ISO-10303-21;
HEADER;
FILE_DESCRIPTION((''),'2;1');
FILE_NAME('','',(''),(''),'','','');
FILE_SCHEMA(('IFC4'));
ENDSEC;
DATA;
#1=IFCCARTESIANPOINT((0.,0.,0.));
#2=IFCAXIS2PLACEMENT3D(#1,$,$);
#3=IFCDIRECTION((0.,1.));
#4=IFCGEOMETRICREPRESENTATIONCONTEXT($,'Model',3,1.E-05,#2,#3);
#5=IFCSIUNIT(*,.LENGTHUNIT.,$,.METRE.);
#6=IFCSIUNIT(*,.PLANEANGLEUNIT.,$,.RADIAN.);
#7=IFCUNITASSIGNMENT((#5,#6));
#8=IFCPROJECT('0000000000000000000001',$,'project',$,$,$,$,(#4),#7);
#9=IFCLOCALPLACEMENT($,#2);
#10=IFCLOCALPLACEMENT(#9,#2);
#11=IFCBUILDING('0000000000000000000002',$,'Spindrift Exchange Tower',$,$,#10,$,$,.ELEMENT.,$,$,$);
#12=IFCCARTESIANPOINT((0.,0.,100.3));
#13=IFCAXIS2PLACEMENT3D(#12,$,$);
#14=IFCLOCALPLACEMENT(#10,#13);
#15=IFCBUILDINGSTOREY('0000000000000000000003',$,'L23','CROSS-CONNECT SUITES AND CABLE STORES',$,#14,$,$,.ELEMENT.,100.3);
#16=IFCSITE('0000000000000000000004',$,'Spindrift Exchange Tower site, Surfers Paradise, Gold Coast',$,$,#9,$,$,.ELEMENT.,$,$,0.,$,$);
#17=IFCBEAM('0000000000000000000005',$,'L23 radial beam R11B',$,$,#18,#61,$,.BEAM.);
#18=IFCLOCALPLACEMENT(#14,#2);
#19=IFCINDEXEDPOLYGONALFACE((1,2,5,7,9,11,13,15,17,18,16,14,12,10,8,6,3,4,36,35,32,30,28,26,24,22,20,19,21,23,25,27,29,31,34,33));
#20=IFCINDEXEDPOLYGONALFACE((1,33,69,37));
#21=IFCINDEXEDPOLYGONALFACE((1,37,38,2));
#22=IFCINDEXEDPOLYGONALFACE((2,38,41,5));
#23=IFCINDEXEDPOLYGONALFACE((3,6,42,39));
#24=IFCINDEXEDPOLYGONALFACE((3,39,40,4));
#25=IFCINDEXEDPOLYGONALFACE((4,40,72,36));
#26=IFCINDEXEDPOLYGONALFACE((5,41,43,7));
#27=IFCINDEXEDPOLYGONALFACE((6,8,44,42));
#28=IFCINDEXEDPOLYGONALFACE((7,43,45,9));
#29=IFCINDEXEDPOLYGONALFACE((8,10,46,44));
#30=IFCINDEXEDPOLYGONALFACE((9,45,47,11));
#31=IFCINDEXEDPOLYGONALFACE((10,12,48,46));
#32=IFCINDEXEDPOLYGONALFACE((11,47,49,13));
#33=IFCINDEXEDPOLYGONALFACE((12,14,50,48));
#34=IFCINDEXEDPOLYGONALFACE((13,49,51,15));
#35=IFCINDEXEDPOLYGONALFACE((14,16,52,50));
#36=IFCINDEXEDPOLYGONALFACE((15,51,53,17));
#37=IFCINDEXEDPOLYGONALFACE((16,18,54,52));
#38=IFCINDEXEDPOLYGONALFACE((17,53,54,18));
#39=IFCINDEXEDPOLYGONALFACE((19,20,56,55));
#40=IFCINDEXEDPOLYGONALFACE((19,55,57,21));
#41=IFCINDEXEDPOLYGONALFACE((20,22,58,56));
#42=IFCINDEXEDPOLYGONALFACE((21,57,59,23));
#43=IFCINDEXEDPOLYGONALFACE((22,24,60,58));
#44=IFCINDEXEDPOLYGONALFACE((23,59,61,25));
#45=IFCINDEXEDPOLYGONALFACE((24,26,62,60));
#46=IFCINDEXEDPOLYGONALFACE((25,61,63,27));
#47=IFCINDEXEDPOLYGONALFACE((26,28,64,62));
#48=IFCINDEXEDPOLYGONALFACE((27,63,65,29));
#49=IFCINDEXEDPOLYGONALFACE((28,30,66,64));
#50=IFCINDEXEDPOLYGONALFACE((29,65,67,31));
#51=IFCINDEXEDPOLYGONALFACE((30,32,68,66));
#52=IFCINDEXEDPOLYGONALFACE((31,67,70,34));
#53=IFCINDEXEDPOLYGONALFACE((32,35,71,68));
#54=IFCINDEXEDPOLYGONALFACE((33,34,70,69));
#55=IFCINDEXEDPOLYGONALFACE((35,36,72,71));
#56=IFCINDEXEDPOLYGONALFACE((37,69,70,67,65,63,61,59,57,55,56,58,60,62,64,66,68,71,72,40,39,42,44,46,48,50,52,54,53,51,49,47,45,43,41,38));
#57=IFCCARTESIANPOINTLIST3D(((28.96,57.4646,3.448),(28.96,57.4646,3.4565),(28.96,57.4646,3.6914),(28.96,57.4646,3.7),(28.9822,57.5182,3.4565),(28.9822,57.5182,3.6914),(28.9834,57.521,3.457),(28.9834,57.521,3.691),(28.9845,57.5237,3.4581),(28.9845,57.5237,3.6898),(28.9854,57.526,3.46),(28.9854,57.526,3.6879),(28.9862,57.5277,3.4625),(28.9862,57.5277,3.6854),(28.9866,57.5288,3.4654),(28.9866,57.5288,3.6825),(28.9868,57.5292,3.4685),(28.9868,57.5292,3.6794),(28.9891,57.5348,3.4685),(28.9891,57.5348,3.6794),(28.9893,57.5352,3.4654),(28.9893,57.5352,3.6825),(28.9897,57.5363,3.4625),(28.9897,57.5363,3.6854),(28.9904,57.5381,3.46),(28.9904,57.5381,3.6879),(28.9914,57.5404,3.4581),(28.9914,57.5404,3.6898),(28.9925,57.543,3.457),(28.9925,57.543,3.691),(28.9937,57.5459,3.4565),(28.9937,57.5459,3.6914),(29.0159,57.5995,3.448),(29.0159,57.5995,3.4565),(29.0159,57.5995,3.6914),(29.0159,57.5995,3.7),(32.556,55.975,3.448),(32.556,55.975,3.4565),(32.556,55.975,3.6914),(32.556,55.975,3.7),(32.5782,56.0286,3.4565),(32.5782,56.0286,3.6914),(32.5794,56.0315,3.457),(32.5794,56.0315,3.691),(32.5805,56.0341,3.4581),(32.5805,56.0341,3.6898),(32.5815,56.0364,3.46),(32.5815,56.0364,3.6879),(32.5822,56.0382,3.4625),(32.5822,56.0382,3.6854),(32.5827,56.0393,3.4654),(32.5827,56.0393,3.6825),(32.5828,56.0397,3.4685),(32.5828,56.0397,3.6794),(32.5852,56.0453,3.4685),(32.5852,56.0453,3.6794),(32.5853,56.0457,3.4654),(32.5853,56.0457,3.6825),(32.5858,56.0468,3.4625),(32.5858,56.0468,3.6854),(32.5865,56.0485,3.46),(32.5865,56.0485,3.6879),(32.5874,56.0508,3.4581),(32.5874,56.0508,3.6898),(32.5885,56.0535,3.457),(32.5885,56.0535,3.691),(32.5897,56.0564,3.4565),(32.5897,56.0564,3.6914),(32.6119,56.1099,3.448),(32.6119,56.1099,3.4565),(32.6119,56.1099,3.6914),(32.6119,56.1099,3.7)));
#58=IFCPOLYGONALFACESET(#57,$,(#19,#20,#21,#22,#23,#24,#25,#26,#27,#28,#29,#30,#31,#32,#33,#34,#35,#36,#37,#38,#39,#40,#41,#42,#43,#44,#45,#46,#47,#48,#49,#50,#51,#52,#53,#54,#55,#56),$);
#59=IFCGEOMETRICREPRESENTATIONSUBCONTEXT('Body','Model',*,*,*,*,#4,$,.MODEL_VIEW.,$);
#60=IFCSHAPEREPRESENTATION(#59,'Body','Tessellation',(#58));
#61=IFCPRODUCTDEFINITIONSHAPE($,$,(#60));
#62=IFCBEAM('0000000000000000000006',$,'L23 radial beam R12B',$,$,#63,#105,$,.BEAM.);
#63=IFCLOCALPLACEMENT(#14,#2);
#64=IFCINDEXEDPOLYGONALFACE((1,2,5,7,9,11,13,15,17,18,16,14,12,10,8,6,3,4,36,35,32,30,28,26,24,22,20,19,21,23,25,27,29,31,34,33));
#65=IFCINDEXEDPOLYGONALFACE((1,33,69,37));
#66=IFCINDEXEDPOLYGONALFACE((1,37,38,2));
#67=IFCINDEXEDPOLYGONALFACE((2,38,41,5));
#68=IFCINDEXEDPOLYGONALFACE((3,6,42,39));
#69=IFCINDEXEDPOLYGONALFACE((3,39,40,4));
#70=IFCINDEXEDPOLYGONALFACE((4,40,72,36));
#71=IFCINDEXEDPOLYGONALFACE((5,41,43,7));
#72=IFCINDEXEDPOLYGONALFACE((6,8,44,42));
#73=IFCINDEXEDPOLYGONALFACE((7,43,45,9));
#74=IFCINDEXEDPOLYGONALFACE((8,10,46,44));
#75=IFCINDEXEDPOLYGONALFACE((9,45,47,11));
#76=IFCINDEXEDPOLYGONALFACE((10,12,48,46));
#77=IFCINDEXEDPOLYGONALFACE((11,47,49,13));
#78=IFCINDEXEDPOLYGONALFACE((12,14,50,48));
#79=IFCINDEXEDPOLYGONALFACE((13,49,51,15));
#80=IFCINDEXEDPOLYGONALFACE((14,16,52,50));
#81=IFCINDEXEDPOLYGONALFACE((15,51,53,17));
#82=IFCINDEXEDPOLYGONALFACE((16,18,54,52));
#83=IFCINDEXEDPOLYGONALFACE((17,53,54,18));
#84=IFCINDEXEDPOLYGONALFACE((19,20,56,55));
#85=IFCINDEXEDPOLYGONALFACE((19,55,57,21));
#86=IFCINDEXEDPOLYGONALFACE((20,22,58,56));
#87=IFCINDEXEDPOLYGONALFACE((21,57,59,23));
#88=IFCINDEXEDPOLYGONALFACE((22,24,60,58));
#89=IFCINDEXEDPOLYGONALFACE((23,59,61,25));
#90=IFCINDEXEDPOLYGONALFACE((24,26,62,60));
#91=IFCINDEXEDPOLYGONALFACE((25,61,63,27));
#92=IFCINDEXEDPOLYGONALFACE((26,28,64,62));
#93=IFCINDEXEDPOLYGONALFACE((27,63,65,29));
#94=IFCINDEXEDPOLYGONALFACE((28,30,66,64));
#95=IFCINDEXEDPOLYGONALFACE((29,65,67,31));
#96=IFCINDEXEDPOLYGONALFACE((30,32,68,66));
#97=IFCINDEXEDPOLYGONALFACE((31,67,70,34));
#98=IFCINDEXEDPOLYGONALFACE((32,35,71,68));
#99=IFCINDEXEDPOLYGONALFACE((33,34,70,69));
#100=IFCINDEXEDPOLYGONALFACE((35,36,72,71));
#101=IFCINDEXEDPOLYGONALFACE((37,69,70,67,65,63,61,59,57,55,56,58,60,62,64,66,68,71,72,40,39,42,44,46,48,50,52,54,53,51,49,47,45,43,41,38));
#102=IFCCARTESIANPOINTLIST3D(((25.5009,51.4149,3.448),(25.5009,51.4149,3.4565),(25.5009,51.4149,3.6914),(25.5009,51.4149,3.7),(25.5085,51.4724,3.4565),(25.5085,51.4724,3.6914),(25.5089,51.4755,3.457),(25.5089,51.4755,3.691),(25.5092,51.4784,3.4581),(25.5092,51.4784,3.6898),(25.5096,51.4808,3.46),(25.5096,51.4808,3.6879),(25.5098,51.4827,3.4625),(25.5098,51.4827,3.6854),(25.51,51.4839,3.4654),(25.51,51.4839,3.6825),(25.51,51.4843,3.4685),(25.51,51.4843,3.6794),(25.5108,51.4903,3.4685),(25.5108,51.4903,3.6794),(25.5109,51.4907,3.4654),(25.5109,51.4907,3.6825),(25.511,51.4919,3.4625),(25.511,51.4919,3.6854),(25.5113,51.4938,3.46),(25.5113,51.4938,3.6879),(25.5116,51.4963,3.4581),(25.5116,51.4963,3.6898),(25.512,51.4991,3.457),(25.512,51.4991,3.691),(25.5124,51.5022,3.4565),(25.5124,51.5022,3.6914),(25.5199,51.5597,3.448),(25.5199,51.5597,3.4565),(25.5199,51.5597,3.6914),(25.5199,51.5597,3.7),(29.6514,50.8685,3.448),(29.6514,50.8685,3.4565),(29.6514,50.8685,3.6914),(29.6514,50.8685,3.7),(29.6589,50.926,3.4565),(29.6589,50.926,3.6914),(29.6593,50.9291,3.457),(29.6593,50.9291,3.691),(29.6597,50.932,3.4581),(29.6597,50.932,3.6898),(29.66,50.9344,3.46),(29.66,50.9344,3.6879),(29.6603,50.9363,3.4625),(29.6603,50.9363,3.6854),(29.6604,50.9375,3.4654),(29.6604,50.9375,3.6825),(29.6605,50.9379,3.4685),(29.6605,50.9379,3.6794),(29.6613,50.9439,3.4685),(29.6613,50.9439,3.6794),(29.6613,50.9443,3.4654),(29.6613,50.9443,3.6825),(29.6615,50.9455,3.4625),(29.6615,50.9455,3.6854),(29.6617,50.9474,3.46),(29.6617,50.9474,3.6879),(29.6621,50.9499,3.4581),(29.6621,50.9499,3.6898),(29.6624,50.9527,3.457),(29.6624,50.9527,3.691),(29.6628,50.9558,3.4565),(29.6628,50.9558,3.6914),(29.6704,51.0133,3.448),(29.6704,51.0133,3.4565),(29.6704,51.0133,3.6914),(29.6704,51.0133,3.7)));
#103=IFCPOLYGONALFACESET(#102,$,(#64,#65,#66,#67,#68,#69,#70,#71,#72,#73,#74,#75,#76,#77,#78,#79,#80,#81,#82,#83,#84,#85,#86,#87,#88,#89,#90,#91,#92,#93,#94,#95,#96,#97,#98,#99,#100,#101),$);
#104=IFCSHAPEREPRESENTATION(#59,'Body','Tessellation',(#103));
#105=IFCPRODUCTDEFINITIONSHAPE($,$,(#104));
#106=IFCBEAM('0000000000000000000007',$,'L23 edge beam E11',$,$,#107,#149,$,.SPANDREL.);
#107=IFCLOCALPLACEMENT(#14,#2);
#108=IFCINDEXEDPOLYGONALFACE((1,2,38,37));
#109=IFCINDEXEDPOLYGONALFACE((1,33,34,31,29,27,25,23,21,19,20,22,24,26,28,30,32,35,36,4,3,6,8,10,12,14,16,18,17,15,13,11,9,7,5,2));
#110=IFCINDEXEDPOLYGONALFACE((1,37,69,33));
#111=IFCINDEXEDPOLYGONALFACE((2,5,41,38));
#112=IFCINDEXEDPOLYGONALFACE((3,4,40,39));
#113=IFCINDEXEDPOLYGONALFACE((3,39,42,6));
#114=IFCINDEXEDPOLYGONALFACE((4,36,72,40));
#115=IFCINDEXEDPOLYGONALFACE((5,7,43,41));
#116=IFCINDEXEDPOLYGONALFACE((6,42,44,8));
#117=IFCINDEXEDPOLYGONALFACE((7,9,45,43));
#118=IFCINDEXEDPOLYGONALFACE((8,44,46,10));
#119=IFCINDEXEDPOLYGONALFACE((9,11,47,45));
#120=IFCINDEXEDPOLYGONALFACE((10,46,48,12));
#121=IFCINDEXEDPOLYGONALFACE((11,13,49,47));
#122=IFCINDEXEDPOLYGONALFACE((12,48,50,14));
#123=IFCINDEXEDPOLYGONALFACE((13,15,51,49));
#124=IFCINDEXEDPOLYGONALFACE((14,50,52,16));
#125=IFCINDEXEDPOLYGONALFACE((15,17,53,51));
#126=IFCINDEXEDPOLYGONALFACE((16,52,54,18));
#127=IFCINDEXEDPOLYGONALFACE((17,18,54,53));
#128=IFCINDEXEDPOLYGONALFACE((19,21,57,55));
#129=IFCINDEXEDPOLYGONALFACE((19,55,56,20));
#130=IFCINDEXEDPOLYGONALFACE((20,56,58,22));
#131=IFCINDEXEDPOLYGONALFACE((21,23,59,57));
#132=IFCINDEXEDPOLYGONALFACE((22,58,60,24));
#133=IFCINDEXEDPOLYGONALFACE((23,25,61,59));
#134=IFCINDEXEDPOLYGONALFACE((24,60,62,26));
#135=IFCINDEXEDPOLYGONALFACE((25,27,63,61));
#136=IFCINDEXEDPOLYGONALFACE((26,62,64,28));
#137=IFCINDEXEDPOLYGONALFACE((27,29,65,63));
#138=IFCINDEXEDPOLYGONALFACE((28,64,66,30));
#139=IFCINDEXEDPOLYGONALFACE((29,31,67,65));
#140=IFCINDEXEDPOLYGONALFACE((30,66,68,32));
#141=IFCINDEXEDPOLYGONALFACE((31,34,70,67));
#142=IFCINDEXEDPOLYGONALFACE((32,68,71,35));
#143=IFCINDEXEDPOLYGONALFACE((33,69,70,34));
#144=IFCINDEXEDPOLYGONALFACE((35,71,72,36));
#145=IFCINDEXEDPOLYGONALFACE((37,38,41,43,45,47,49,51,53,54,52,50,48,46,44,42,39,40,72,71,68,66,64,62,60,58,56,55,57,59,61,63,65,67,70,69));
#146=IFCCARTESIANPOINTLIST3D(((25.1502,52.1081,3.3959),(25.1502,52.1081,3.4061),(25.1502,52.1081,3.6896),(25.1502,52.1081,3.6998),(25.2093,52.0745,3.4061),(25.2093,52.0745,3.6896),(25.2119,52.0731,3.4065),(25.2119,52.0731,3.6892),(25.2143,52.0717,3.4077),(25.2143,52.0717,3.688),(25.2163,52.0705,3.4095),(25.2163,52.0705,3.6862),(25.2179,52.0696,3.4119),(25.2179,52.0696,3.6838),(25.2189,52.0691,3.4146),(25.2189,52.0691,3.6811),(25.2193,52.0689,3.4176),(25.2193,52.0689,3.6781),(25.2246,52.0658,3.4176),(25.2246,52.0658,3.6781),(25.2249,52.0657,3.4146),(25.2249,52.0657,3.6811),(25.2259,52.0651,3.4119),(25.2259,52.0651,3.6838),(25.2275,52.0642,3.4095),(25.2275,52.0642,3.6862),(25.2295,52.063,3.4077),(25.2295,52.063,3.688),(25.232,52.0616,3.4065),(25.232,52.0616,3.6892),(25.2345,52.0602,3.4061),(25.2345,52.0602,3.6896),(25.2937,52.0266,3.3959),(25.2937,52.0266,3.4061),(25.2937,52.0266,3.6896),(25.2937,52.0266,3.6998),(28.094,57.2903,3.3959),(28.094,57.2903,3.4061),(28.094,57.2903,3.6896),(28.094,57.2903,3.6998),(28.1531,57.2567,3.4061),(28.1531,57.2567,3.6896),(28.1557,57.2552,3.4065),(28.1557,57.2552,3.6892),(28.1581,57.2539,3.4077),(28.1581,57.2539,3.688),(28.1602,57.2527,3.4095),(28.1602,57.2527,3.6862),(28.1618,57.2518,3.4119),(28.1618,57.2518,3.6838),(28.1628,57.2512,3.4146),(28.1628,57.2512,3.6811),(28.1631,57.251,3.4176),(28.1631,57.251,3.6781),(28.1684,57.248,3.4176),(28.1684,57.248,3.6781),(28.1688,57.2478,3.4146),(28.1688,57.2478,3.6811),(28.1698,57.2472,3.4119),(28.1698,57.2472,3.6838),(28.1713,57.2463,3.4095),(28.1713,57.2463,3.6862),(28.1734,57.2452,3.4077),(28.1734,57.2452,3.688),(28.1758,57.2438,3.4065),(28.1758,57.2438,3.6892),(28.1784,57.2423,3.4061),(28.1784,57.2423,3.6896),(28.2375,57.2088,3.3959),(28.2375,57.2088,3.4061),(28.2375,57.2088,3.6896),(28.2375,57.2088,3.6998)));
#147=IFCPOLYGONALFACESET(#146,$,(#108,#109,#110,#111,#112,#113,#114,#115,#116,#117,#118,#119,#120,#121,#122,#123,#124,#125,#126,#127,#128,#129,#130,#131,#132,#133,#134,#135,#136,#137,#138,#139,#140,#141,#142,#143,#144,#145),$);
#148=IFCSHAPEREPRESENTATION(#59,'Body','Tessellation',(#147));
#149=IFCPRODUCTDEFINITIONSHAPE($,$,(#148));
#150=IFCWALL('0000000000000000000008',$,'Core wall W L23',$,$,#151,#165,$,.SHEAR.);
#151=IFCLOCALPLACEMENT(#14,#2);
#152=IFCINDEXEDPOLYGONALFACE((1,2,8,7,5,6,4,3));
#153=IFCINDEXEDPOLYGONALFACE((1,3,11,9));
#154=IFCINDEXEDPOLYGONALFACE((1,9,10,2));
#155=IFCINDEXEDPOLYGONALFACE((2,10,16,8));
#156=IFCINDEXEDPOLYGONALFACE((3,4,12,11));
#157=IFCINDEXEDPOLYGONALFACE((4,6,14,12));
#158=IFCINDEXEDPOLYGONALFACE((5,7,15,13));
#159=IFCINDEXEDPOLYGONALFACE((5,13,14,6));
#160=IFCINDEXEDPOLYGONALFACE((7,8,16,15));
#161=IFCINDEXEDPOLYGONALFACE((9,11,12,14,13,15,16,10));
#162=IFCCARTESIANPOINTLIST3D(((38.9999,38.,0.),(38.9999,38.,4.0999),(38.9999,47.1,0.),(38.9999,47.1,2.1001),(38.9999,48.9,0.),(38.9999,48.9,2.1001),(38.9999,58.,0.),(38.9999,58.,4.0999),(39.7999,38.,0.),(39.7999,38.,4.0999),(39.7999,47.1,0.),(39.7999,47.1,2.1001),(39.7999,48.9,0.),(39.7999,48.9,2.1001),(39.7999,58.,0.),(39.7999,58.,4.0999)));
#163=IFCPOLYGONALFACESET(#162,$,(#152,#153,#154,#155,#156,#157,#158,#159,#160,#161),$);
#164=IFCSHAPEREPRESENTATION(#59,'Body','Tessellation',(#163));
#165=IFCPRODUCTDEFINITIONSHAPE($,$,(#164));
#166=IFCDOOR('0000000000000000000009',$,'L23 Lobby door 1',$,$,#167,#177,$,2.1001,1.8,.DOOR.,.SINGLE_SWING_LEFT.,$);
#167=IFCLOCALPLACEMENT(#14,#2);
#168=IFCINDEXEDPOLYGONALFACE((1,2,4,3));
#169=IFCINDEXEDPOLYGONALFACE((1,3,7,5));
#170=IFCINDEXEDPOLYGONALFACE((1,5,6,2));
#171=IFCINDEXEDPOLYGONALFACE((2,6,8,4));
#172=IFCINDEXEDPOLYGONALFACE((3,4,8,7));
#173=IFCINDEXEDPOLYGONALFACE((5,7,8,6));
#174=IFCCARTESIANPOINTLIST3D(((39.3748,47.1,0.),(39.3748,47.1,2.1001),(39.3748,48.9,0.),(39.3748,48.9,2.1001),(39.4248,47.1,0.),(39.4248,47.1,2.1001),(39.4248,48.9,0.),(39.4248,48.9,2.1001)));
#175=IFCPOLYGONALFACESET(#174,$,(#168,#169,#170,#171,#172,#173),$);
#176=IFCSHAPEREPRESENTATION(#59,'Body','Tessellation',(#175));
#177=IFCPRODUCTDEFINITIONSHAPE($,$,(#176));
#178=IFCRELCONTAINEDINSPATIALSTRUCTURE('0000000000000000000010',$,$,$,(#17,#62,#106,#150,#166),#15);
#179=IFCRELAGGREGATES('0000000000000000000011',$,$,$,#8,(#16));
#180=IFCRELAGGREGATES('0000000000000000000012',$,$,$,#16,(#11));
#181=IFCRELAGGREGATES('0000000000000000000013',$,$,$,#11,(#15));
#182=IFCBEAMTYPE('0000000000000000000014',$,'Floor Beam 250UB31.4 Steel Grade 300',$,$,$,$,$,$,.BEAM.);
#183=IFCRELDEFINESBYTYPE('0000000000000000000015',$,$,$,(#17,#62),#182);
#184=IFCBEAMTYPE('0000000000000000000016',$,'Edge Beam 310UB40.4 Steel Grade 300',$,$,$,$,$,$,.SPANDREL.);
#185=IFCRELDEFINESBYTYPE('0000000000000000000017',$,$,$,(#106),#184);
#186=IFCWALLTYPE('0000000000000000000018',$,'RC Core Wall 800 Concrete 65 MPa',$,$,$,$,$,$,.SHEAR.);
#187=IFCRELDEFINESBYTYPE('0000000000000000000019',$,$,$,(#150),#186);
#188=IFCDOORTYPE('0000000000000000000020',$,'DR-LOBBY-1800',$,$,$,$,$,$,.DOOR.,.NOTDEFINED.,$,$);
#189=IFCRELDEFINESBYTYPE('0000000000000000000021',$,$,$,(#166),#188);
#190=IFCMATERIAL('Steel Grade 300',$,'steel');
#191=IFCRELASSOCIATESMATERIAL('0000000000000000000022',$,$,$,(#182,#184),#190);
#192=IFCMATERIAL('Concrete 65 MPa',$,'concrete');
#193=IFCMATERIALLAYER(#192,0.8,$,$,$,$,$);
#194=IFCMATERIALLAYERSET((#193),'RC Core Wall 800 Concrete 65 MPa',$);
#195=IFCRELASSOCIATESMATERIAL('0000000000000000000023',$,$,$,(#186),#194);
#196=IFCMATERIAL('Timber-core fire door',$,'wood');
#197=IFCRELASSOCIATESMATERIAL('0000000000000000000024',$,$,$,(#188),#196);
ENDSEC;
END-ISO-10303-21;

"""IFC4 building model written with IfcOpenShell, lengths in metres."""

from ifc_helpers import new_model, si_unit, direction, frame, frame_2d, origin, origin_2d, place, context, subcontext, project, spatial, rectangle, i_section, extrude, source, transform, mapped, material, layer, layer_set, material_profile, profile_set, type_object, element, fill, save


model = new_model("IFC4")

# Units and contexts
model_context = context("Model", 3, precision=1e-05, world=origin(), true_north=direction((0.0, 1.0)))
body_context = subcontext(model_context, "Body", "Model", "MODEL_VIEW")
ifc_project = project(units=[si_unit("LENGTHUNIT", "METRE"), si_unit("PLANEANGLEUNIT", "RADIAN")], contexts=[model_context])

# Site, building, storey
site_placement = place(None, origin())
site = spatial("IfcSite", under=ifc_project, at=site_placement, Name="Spindrift Exchange Tower site, Surfers Paradise, Gold Coast", CompositionType="ELEMENT", RefElevation=0.0)
building_placement = place(site_placement, origin())
building = spatial("IfcBuilding", under=site, at=building_placement, Name="Spindrift Exchange Tower", CompositionType="ELEMENT")
storey_placement = place(building_placement, frame((0.0, 0.0, 100.3)))
storey = spatial("IfcBuildingStorey", under=building, at=storey_placement, Name="L23", Description="CROSS-CONNECT SUITES AND CABLE STORES", CompositionType="ELEMENT", Elevation=100.3)

# Shared definitions
ifc_material_1 = material(Name="Concrete 65 MPa", Category="concrete")

# Beams
ifc_material_2 = material(Name="Steel Grade 300", Category="steel")
ifc_material_profile_1 = material_profile(ifc_material_2, i_section(OverallWidth=0.146, OverallDepth=0.252, WebThickness=0.0061, FlangeThickness=0.0085, FilletRadius=0.012, at=origin_2d()), Name="250UB31.4")
ifc_profile_set_1 = profile_set([ifc_material_profile_1], Name="Steel Grade 300")
beam_type_1 = type_object("IfcBeamType", Name="Floor Beam 250UB31.4 Steel Grade 300", PredefinedType="BEAM", material=ifc_profile_set_1)
shared_shape_1 = source(origin(), body_context, "Body", "SweptSolid", [
    extrude(i_section(OverallWidth=0.146, OverallDepth=0.252, WebThickness=0.0061, FlangeThickness=0.0085, FilletRadius=0.012, at=origin_2d()), origin(), (0.0, 0.0, 1.0), 3.8923),
])
beam_1_placement = place(storey_placement, frame((32.584, 56.0425, 3.574), z_axis=(-0.923878, 0.382686, 0.0), x_axis=(-0.382686, -0.923878, 0.0)))
element("IfcBeam", 1, at=beam_1_placement, inside=storey, type_object=beam_type_1, Name="L23 radial beam R11B", PredefinedType="BEAM", context=body_context, shape_type="MappedRepresentation", body=[
    mapped(shared_shape_1, transform((0.0, 0.0, 0.0), scale=1.0)),
])
shared_shape_2 = source(origin(), body_context, "Body", "SweptSolid", [
    extrude(i_section(OverallWidth=0.146, OverallDepth=0.252, WebThickness=0.0061, FlangeThickness=0.0085, FilletRadius=0.012, at=origin_2d()), origin(), (0.0, 0.0, 1.0), 4.1863),
])
beam_2_placement = place(storey_placement, frame((29.6609, 50.9409, 3.574), z_axis=(-0.991446, 0.130521, 0.0), x_axis=(-0.130521, -0.991446, 0.0)))
element("IfcBeam", 2, at=beam_2_placement, inside=storey, type_object=beam_type_1, Name="L23 radial beam R12B", PredefinedType="BEAM", context=body_context, shape_type="MappedRepresentation", body=[
    mapped(shared_shape_2, transform((0.0, 0.0, 0.0), scale=1.0)),
])
ifc_material_profile_2 = material_profile(ifc_material_2, i_section(OverallWidth=0.165, OverallDepth=0.304, WebThickness=0.0061, FlangeThickness=0.0103, FilletRadius=0.0115, at=origin_2d()), Name="310UB40.4")
ifc_profile_set_2 = profile_set([ifc_material_profile_2], Name="Steel Grade 300")
beam_type_2 = type_object("IfcBeamType", Name="Edge Beam 310UB40.4 Steel Grade 300", PredefinedType="SPANDREL", material=ifc_profile_set_2)
shared_shape_3 = source(origin(), body_context, "Body", "SweptSolid", [
    extrude(i_section(OverallWidth=0.165, OverallDepth=0.304, WebThickness=0.0061, FlangeThickness=0.0103, FilletRadius=0.0115, at=origin_2d()), origin(), (0.0, 0.0, 1.0), 5.96),
])
beam_3_placement = place(storey_placement, frame((28.1658, 57.2495, 3.5479), z_axis=(-0.49394, -0.869496, 0.0), x_axis=(0.869496, -0.49394, 0.0)))
element("IfcBeam", 3, at=beam_3_placement, inside=storey, type_object=beam_type_2, Name="L23 edge beam E11", PredefinedType="SPANDREL", context=body_context, shape_type="MappedRepresentation", body=[
    mapped(shared_shape_3, transform((0.0, 0.0, 0.0), scale=1.0)),
])

# Wall, opening, door
ifc_layer_1 = layer(ifc_material_1, 0.8)
ifc_layer_set_1 = layer_set([ifc_layer_1], Name="RC Core Wall 800 Concrete 65 MPa")
wall_type_1 = type_object("IfcWallType", Name="RC Core Wall 800 Concrete 65 MPa", PredefinedType="SHEAR", material=ifc_layer_set_1)
wall_1_placement = place(storey_placement, frame((39.3999, 58.0, 0.0), z_axis=(0.0, 0.0, 1.0), x_axis=(0.0, -1.0, 0.0)))
wall_1 = element("IfcWall", 4, at=wall_1_placement, inside=storey, type_object=wall_type_1, Name="Core wall W L23", PredefinedType="SHEAR", context=body_context, shape_type="SweptSolid", body=[
    extrude(rectangle(XDim=20.0, YDim=0.8, at=frame_2d((10.0, 0.0))), origin(), (0.0, 0.0, 1.0), 4.0999),
])
opening_1_placement = place(wall_1_placement, frame((9.1001, 0.0, 0.0)))
opening_1 = element("IfcOpeningElement", 5, at=opening_1_placement, cuts=wall_1, PredefinedType="OPENING", context=body_context, shape_type="SweptSolid", body=[
    extrude(rectangle(XDim=1.8, YDim=2.1001, at=frame_2d((0.8999, 1.05))), frame((0.0, 0.4099, 0.0), z_axis=(0.0, -1.0, 0.0), x_axis=(1.0, 0.0, 0.0)), (0.0, 0.0, 1.0), 0.8201),
])
ifc_material_3 = material(Name="Timber-core fire door", Category="wood")
door_type_1 = type_object("IfcDoorType", Name="DR-LOBBY-1800", OperationType="NOTDEFINED", PredefinedType="DOOR", material=ifc_material_3)
shared_shape_4 = source(origin(), body_context, "Body", "SweptSolid", [
    extrude(rectangle(XDim=1.8, YDim=2.1001, at=frame_2d((0.8999, 1.05))), frame((0.0, 0.0249, 0.0), z_axis=(0.0, -1.0, 0.0), x_axis=(1.0, 0.0, 0.0)), (0.0, 0.0, 1.0), 0.05),
])
door_1_placement = place(opening_1_placement, origin())
door_1 = element("IfcDoor", 6, at=door_1_placement, inside=storey, type_object=door_type_1, Name="L23 Lobby door 1", OperationType="SINGLE_SWING_LEFT", OverallHeight=2.1001, OverallWidth=1.8, PredefinedType="DOOR", context=body_context, shape_type="MappedRepresentation", body=[
    mapped(shared_shape_4, transform((0.0, 0.0, 0.0), scale=1.0)),
])
fill(opening_1, door_1)

save(model, "model.ifc")
